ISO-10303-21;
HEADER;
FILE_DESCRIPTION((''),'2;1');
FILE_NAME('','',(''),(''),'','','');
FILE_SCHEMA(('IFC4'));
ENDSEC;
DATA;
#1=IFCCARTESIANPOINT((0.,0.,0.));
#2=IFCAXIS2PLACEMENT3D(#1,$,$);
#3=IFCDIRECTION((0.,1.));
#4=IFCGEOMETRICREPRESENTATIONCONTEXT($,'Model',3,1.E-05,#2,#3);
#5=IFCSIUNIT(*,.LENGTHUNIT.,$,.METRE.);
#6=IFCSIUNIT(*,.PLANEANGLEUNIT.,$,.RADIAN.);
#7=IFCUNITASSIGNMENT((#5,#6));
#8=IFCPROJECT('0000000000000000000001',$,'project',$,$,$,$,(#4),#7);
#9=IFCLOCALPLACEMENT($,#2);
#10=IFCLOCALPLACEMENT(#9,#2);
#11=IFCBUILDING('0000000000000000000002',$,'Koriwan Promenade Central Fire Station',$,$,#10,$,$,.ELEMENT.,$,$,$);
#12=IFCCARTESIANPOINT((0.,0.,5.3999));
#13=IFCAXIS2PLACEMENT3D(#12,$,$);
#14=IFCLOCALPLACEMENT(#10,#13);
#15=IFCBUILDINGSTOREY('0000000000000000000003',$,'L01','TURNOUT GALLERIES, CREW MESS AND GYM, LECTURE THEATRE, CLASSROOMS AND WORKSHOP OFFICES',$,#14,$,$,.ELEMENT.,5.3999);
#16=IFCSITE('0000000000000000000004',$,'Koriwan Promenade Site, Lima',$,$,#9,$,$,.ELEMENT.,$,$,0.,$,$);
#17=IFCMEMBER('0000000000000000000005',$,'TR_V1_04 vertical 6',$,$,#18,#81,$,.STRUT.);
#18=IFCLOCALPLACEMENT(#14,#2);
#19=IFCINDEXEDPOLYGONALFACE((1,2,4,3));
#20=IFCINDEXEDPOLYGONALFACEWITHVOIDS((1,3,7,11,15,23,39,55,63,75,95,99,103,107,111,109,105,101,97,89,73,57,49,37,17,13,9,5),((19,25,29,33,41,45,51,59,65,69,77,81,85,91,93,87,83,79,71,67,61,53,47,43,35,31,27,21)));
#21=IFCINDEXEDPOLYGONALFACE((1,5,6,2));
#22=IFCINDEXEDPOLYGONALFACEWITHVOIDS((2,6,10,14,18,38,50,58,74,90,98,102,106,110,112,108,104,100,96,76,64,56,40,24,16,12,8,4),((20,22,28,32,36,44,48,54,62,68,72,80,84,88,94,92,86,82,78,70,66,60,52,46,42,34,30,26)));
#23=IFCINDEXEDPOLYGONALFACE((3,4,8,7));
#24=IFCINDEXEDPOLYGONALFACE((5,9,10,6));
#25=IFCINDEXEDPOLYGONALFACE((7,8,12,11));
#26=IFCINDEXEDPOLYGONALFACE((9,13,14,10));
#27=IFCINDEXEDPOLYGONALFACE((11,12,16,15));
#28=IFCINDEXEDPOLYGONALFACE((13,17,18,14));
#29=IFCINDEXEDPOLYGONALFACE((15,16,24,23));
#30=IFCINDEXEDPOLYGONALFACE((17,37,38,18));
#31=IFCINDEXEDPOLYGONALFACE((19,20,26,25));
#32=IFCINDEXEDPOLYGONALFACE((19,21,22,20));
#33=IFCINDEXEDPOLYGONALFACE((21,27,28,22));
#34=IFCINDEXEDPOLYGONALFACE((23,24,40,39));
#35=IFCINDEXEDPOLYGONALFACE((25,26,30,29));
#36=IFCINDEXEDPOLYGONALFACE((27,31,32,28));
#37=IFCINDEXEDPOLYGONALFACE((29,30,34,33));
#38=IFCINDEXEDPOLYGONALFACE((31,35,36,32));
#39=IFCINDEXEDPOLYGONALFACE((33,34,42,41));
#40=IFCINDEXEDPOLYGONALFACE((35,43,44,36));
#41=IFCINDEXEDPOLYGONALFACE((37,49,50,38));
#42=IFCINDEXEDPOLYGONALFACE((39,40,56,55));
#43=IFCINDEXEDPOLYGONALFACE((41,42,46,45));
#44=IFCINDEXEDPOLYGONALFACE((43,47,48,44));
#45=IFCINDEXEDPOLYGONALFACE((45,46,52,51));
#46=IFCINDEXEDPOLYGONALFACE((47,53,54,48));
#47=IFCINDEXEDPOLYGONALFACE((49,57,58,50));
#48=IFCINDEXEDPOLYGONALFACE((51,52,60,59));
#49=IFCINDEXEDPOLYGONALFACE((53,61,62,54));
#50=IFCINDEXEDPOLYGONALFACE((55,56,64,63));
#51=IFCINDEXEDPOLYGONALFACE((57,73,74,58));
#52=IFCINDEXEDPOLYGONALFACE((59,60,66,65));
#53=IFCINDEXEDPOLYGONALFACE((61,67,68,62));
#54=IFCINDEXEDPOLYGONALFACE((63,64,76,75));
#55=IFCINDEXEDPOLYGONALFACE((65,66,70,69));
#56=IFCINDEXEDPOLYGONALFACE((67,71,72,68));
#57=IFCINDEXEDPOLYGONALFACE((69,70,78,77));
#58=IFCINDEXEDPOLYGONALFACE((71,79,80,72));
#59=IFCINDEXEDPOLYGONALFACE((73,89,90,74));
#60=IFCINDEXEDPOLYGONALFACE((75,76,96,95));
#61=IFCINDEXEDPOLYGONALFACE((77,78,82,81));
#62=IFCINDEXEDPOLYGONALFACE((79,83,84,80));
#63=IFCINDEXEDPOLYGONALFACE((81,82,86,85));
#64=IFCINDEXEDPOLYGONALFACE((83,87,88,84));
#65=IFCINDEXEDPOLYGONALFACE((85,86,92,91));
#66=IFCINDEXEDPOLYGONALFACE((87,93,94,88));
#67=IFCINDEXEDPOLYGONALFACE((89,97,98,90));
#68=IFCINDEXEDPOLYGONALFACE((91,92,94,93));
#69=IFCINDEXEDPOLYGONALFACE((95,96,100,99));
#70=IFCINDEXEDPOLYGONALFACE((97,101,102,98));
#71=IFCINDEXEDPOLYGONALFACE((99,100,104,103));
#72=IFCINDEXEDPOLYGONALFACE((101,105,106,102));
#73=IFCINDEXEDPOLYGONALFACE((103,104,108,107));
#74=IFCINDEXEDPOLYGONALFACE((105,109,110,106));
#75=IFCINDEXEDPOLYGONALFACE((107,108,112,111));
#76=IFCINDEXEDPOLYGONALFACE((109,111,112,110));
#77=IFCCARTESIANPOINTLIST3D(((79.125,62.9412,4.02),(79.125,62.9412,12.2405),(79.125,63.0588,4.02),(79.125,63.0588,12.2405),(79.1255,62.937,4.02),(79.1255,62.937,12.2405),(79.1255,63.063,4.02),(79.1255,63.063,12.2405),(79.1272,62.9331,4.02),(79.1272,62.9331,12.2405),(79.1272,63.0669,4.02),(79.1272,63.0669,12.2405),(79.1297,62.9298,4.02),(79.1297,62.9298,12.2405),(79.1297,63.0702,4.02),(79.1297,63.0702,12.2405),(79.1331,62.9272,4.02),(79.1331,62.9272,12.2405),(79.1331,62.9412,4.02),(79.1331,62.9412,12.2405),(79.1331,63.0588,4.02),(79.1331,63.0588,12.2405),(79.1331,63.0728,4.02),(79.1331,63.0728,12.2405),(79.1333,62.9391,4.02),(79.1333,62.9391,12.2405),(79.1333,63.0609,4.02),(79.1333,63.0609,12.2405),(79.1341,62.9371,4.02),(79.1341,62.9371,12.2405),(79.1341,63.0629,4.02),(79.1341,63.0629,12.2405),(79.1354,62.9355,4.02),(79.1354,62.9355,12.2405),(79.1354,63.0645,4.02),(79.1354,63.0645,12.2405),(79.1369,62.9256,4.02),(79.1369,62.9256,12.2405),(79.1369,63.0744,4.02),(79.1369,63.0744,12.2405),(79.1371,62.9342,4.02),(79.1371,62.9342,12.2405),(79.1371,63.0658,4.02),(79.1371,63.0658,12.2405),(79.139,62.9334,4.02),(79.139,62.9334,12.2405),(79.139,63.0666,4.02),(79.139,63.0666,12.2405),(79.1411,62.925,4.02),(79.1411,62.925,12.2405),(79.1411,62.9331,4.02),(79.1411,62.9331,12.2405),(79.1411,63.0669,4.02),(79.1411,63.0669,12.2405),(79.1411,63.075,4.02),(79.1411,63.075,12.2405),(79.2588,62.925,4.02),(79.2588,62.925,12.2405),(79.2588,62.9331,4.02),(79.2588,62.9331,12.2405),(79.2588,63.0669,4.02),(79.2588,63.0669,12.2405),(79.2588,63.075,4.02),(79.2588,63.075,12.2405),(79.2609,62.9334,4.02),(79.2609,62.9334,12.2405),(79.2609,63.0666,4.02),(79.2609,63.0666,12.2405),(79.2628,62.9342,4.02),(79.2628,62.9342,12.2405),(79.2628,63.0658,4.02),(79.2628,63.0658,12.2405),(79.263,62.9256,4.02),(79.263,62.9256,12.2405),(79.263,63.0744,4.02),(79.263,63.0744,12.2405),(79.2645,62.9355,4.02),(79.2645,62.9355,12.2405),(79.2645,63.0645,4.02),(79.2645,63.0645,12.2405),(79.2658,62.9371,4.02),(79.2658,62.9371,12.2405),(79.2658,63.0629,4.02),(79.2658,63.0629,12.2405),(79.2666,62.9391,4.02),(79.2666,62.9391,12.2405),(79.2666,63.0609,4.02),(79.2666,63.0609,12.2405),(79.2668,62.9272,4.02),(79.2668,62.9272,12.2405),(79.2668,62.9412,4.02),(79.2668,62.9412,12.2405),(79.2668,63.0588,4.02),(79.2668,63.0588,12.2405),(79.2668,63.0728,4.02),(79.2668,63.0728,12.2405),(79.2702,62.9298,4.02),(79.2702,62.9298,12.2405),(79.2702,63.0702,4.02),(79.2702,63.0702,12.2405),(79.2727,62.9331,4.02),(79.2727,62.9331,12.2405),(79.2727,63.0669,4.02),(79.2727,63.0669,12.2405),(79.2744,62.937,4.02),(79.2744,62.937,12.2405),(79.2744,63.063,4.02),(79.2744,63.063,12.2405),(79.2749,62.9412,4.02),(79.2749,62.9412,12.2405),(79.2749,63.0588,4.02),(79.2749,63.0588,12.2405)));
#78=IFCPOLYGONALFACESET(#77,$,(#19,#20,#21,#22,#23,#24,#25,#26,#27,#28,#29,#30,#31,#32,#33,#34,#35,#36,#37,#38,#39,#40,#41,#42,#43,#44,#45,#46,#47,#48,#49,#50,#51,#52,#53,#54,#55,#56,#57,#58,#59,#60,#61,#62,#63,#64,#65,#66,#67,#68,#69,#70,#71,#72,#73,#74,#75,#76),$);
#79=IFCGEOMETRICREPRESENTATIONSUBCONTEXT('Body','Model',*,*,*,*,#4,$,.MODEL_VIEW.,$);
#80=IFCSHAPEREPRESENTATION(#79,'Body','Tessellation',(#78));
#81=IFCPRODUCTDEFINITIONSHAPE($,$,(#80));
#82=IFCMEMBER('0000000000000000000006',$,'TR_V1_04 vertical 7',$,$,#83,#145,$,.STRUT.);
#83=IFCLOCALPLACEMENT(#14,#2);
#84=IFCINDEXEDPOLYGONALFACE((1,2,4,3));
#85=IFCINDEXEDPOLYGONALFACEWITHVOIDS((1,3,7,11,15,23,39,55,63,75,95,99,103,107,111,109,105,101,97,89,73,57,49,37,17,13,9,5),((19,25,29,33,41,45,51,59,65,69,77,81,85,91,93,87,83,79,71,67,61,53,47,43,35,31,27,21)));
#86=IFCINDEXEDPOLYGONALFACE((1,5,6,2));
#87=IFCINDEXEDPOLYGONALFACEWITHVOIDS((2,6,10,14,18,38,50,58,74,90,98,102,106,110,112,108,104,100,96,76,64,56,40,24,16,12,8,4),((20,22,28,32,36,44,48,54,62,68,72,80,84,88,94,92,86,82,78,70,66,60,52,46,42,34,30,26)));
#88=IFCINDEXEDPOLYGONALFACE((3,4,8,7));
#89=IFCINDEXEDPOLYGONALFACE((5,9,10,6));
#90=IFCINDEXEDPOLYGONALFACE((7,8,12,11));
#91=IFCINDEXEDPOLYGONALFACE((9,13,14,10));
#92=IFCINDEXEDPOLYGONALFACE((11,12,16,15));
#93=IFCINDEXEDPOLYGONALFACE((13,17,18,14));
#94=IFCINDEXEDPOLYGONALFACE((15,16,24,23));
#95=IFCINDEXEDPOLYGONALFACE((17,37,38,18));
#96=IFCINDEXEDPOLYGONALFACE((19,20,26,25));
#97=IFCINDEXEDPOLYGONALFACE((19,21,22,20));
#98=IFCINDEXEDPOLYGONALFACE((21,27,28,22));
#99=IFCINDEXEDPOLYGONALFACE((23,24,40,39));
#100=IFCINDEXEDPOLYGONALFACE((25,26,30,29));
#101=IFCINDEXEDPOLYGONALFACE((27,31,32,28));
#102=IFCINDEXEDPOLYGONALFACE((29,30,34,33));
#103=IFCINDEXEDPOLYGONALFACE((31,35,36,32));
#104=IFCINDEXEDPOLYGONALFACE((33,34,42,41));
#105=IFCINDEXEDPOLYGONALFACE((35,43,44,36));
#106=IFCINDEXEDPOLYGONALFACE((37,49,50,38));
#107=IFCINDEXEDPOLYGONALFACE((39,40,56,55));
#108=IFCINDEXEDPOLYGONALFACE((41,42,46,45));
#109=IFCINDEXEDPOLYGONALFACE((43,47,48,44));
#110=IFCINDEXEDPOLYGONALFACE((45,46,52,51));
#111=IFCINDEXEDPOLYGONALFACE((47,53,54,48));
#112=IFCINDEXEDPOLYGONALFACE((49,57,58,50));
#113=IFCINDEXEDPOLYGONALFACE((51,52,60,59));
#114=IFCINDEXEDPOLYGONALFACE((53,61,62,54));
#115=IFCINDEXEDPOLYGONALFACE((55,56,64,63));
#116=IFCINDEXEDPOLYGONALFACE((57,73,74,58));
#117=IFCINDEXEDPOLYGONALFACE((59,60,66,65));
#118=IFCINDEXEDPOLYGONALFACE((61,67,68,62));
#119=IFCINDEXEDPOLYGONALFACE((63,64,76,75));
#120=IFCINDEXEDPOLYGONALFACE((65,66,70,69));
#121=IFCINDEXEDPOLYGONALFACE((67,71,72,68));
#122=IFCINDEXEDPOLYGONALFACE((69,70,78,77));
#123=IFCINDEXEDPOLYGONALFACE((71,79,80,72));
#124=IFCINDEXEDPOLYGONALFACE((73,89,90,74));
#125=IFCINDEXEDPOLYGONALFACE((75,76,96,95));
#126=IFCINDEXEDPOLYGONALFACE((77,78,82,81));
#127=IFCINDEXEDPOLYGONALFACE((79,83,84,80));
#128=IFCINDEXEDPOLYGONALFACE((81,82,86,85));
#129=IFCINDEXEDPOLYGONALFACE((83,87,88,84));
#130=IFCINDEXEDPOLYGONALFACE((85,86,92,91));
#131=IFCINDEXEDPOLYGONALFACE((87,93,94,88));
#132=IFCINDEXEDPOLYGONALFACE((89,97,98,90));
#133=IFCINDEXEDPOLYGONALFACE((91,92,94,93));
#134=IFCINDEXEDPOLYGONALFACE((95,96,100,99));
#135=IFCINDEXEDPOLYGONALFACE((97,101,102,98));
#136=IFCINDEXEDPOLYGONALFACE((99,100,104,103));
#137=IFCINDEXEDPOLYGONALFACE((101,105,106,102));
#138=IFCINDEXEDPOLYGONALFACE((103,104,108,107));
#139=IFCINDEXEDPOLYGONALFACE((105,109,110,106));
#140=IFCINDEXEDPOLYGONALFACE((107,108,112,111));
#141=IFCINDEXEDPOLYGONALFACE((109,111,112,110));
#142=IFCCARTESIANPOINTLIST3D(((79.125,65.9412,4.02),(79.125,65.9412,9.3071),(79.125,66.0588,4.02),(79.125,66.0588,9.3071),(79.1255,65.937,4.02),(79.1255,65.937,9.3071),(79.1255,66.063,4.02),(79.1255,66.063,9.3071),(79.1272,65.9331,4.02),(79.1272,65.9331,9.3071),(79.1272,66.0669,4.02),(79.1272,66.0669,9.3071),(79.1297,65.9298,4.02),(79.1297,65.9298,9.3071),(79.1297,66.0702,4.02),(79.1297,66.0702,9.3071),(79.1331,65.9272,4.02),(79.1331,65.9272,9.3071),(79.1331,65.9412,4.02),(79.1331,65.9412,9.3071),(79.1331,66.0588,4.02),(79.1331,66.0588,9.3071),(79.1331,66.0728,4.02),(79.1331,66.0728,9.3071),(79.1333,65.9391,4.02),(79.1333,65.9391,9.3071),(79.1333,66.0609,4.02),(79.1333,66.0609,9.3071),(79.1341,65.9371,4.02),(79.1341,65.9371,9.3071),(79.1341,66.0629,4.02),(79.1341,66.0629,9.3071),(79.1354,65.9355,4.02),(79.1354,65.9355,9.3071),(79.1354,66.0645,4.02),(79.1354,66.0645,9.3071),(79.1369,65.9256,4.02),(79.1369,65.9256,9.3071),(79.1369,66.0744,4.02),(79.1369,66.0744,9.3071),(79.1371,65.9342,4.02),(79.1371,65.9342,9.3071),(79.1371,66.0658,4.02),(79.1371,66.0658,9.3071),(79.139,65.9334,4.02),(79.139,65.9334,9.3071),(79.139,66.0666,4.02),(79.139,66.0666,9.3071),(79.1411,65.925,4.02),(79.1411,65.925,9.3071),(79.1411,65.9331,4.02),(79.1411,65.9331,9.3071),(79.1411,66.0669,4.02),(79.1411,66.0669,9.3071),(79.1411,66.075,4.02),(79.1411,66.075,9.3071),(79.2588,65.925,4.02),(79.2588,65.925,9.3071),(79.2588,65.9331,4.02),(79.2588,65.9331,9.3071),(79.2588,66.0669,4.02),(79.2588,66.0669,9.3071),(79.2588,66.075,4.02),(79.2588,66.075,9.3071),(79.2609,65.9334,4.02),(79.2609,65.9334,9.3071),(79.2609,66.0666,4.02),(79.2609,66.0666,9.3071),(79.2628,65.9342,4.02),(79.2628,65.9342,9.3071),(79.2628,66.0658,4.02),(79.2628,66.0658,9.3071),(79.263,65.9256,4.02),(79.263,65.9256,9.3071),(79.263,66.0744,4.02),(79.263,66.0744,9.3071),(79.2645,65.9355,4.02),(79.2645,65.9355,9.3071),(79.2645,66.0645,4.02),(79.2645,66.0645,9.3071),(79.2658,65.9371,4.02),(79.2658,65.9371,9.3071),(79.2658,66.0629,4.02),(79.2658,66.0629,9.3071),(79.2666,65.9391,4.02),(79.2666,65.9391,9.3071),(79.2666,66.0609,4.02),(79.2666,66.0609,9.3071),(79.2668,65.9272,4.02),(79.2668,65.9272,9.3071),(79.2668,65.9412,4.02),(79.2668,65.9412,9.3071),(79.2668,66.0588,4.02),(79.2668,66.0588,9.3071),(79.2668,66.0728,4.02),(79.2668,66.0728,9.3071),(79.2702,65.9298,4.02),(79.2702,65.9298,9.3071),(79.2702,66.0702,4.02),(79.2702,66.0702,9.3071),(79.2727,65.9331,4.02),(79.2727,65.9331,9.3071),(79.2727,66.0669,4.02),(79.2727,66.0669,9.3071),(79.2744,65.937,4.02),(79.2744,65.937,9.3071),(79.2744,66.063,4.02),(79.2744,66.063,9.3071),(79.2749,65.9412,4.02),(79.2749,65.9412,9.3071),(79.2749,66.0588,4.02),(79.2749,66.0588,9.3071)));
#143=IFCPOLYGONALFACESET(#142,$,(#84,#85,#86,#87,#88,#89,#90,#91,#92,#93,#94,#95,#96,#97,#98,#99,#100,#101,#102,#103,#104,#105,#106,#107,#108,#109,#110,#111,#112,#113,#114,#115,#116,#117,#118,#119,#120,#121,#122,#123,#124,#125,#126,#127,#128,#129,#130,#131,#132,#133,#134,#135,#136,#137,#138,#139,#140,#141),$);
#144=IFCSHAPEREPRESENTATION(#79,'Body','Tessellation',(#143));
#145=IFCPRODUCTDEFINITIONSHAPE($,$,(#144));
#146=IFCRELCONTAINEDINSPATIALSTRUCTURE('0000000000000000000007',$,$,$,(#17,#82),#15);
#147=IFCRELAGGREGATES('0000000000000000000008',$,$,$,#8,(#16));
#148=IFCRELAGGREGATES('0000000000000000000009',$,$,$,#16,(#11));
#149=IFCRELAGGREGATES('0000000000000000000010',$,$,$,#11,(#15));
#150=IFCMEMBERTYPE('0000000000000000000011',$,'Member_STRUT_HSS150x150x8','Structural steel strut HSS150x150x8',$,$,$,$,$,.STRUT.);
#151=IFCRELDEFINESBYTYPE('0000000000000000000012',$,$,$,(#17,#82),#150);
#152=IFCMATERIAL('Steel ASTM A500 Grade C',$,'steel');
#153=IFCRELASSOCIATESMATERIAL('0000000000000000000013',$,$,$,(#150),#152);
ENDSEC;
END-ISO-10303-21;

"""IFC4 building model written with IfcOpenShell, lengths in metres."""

from ifc_helpers import new_model, si_unit, direction, frame, origin, origin_2d, place, context, subcontext, project, spatial, hollow_rectangle, extrude, material, material_profile, profile_set, type_object, element, save


model = new_model("IFC4")

# Units and contexts
model_context = context("Model", 3, precision=1e-05, world=origin(), true_north=direction((0.0, 1.0)))
body_context = subcontext(model_context, "Body", "Model", "MODEL_VIEW")
ifc_project = project(units=[si_unit("LENGTHUNIT", "METRE"), si_unit("PLANEANGLEUNIT", "RADIAN")], contexts=[model_context])

# Site, building, storey
site_placement = place(None, origin())
site = spatial("IfcSite", under=ifc_project, at=site_placement, Name="Koriwan Promenade Site, Lima", CompositionType="ELEMENT", RefElevation=0.0)
building_placement = place(site_placement, origin())
building = spatial("IfcBuilding", under=site, at=building_placement, Name="Koriwan Promenade Central Fire Station", CompositionType="ELEMENT")
storey_placement = place(building_placement, frame((0.0, 0.0, 5.3999)))
storey = spatial("IfcBuildingStorey", under=building, at=storey_placement, Name="L01", Description="TURNOUT GALLERIES, CREW MESS AND GYM, LECTURE THEATRE, CLASSROOMS AND WORKSHOP OFFICES", CompositionType="ELEMENT", Elevation=5.3999)

# Members
ifc_material_1 = material(Name="Steel ASTM A500 Grade C", Category="steel")
ifc_material_profile_1 = material_profile(ifc_material_1, hollow_rectangle(XDim=0.1499, YDim=0.1499, WallThickness=0.0081, InnerFilletRadius=0.0081, OuterFilletRadius=0.0161, at=origin_2d()), Name="HSS150x150x8")
ifc_profile_set_1 = profile_set([ifc_material_profile_1], Name="Steel ASTM A500 Grade C")
member_type_1 = type_object("IfcMemberType", Name="Member_STRUT_HSS150x150x8", Description="Structural steel strut HSS150x150x8", PredefinedType="STRUT", material=ifc_profile_set_1)
member_1_placement = place(storey_placement, frame((79.2, 63.0, 4.02), z_axis=(0.0, 0.0, 1.0), x_axis=(1.0, 0.0, 0.0)))
element("IfcMember", 1, at=member_1_placement, inside=storey, type_object=member_type_1, Name="TR_V1_04 vertical 6", PredefinedType="STRUT", context=body_context, shape_type="SweptSolid", body=[
    extrude(hollow_rectangle(XDim=0.1499, YDim=0.1499, WallThickness=0.0081, InnerFilletRadius=0.0081, OuterFilletRadius=0.0161, at=origin_2d()), origin(), (0.0, 0.0, 1.0), 8.2205),
])
member_2_placement = place(storey_placement, frame((79.2, 66.0, 4.02), z_axis=(0.0, 0.0, 1.0), x_axis=(1.0, 0.0, 0.0)))
element("IfcMember", 2, at=member_2_placement, inside=storey, type_object=member_type_1, Name="TR_V1_04 vertical 7", PredefinedType="STRUT", context=body_context, shape_type="SweptSolid", body=[
    extrude(hollow_rectangle(XDim=0.1499, YDim=0.1499, WallThickness=0.0081, InnerFilletRadius=0.0081, OuterFilletRadius=0.0161, at=origin_2d()), origin(), (0.0, 0.0, 1.0), 5.2871),
])

save(model, "model.ifc")
